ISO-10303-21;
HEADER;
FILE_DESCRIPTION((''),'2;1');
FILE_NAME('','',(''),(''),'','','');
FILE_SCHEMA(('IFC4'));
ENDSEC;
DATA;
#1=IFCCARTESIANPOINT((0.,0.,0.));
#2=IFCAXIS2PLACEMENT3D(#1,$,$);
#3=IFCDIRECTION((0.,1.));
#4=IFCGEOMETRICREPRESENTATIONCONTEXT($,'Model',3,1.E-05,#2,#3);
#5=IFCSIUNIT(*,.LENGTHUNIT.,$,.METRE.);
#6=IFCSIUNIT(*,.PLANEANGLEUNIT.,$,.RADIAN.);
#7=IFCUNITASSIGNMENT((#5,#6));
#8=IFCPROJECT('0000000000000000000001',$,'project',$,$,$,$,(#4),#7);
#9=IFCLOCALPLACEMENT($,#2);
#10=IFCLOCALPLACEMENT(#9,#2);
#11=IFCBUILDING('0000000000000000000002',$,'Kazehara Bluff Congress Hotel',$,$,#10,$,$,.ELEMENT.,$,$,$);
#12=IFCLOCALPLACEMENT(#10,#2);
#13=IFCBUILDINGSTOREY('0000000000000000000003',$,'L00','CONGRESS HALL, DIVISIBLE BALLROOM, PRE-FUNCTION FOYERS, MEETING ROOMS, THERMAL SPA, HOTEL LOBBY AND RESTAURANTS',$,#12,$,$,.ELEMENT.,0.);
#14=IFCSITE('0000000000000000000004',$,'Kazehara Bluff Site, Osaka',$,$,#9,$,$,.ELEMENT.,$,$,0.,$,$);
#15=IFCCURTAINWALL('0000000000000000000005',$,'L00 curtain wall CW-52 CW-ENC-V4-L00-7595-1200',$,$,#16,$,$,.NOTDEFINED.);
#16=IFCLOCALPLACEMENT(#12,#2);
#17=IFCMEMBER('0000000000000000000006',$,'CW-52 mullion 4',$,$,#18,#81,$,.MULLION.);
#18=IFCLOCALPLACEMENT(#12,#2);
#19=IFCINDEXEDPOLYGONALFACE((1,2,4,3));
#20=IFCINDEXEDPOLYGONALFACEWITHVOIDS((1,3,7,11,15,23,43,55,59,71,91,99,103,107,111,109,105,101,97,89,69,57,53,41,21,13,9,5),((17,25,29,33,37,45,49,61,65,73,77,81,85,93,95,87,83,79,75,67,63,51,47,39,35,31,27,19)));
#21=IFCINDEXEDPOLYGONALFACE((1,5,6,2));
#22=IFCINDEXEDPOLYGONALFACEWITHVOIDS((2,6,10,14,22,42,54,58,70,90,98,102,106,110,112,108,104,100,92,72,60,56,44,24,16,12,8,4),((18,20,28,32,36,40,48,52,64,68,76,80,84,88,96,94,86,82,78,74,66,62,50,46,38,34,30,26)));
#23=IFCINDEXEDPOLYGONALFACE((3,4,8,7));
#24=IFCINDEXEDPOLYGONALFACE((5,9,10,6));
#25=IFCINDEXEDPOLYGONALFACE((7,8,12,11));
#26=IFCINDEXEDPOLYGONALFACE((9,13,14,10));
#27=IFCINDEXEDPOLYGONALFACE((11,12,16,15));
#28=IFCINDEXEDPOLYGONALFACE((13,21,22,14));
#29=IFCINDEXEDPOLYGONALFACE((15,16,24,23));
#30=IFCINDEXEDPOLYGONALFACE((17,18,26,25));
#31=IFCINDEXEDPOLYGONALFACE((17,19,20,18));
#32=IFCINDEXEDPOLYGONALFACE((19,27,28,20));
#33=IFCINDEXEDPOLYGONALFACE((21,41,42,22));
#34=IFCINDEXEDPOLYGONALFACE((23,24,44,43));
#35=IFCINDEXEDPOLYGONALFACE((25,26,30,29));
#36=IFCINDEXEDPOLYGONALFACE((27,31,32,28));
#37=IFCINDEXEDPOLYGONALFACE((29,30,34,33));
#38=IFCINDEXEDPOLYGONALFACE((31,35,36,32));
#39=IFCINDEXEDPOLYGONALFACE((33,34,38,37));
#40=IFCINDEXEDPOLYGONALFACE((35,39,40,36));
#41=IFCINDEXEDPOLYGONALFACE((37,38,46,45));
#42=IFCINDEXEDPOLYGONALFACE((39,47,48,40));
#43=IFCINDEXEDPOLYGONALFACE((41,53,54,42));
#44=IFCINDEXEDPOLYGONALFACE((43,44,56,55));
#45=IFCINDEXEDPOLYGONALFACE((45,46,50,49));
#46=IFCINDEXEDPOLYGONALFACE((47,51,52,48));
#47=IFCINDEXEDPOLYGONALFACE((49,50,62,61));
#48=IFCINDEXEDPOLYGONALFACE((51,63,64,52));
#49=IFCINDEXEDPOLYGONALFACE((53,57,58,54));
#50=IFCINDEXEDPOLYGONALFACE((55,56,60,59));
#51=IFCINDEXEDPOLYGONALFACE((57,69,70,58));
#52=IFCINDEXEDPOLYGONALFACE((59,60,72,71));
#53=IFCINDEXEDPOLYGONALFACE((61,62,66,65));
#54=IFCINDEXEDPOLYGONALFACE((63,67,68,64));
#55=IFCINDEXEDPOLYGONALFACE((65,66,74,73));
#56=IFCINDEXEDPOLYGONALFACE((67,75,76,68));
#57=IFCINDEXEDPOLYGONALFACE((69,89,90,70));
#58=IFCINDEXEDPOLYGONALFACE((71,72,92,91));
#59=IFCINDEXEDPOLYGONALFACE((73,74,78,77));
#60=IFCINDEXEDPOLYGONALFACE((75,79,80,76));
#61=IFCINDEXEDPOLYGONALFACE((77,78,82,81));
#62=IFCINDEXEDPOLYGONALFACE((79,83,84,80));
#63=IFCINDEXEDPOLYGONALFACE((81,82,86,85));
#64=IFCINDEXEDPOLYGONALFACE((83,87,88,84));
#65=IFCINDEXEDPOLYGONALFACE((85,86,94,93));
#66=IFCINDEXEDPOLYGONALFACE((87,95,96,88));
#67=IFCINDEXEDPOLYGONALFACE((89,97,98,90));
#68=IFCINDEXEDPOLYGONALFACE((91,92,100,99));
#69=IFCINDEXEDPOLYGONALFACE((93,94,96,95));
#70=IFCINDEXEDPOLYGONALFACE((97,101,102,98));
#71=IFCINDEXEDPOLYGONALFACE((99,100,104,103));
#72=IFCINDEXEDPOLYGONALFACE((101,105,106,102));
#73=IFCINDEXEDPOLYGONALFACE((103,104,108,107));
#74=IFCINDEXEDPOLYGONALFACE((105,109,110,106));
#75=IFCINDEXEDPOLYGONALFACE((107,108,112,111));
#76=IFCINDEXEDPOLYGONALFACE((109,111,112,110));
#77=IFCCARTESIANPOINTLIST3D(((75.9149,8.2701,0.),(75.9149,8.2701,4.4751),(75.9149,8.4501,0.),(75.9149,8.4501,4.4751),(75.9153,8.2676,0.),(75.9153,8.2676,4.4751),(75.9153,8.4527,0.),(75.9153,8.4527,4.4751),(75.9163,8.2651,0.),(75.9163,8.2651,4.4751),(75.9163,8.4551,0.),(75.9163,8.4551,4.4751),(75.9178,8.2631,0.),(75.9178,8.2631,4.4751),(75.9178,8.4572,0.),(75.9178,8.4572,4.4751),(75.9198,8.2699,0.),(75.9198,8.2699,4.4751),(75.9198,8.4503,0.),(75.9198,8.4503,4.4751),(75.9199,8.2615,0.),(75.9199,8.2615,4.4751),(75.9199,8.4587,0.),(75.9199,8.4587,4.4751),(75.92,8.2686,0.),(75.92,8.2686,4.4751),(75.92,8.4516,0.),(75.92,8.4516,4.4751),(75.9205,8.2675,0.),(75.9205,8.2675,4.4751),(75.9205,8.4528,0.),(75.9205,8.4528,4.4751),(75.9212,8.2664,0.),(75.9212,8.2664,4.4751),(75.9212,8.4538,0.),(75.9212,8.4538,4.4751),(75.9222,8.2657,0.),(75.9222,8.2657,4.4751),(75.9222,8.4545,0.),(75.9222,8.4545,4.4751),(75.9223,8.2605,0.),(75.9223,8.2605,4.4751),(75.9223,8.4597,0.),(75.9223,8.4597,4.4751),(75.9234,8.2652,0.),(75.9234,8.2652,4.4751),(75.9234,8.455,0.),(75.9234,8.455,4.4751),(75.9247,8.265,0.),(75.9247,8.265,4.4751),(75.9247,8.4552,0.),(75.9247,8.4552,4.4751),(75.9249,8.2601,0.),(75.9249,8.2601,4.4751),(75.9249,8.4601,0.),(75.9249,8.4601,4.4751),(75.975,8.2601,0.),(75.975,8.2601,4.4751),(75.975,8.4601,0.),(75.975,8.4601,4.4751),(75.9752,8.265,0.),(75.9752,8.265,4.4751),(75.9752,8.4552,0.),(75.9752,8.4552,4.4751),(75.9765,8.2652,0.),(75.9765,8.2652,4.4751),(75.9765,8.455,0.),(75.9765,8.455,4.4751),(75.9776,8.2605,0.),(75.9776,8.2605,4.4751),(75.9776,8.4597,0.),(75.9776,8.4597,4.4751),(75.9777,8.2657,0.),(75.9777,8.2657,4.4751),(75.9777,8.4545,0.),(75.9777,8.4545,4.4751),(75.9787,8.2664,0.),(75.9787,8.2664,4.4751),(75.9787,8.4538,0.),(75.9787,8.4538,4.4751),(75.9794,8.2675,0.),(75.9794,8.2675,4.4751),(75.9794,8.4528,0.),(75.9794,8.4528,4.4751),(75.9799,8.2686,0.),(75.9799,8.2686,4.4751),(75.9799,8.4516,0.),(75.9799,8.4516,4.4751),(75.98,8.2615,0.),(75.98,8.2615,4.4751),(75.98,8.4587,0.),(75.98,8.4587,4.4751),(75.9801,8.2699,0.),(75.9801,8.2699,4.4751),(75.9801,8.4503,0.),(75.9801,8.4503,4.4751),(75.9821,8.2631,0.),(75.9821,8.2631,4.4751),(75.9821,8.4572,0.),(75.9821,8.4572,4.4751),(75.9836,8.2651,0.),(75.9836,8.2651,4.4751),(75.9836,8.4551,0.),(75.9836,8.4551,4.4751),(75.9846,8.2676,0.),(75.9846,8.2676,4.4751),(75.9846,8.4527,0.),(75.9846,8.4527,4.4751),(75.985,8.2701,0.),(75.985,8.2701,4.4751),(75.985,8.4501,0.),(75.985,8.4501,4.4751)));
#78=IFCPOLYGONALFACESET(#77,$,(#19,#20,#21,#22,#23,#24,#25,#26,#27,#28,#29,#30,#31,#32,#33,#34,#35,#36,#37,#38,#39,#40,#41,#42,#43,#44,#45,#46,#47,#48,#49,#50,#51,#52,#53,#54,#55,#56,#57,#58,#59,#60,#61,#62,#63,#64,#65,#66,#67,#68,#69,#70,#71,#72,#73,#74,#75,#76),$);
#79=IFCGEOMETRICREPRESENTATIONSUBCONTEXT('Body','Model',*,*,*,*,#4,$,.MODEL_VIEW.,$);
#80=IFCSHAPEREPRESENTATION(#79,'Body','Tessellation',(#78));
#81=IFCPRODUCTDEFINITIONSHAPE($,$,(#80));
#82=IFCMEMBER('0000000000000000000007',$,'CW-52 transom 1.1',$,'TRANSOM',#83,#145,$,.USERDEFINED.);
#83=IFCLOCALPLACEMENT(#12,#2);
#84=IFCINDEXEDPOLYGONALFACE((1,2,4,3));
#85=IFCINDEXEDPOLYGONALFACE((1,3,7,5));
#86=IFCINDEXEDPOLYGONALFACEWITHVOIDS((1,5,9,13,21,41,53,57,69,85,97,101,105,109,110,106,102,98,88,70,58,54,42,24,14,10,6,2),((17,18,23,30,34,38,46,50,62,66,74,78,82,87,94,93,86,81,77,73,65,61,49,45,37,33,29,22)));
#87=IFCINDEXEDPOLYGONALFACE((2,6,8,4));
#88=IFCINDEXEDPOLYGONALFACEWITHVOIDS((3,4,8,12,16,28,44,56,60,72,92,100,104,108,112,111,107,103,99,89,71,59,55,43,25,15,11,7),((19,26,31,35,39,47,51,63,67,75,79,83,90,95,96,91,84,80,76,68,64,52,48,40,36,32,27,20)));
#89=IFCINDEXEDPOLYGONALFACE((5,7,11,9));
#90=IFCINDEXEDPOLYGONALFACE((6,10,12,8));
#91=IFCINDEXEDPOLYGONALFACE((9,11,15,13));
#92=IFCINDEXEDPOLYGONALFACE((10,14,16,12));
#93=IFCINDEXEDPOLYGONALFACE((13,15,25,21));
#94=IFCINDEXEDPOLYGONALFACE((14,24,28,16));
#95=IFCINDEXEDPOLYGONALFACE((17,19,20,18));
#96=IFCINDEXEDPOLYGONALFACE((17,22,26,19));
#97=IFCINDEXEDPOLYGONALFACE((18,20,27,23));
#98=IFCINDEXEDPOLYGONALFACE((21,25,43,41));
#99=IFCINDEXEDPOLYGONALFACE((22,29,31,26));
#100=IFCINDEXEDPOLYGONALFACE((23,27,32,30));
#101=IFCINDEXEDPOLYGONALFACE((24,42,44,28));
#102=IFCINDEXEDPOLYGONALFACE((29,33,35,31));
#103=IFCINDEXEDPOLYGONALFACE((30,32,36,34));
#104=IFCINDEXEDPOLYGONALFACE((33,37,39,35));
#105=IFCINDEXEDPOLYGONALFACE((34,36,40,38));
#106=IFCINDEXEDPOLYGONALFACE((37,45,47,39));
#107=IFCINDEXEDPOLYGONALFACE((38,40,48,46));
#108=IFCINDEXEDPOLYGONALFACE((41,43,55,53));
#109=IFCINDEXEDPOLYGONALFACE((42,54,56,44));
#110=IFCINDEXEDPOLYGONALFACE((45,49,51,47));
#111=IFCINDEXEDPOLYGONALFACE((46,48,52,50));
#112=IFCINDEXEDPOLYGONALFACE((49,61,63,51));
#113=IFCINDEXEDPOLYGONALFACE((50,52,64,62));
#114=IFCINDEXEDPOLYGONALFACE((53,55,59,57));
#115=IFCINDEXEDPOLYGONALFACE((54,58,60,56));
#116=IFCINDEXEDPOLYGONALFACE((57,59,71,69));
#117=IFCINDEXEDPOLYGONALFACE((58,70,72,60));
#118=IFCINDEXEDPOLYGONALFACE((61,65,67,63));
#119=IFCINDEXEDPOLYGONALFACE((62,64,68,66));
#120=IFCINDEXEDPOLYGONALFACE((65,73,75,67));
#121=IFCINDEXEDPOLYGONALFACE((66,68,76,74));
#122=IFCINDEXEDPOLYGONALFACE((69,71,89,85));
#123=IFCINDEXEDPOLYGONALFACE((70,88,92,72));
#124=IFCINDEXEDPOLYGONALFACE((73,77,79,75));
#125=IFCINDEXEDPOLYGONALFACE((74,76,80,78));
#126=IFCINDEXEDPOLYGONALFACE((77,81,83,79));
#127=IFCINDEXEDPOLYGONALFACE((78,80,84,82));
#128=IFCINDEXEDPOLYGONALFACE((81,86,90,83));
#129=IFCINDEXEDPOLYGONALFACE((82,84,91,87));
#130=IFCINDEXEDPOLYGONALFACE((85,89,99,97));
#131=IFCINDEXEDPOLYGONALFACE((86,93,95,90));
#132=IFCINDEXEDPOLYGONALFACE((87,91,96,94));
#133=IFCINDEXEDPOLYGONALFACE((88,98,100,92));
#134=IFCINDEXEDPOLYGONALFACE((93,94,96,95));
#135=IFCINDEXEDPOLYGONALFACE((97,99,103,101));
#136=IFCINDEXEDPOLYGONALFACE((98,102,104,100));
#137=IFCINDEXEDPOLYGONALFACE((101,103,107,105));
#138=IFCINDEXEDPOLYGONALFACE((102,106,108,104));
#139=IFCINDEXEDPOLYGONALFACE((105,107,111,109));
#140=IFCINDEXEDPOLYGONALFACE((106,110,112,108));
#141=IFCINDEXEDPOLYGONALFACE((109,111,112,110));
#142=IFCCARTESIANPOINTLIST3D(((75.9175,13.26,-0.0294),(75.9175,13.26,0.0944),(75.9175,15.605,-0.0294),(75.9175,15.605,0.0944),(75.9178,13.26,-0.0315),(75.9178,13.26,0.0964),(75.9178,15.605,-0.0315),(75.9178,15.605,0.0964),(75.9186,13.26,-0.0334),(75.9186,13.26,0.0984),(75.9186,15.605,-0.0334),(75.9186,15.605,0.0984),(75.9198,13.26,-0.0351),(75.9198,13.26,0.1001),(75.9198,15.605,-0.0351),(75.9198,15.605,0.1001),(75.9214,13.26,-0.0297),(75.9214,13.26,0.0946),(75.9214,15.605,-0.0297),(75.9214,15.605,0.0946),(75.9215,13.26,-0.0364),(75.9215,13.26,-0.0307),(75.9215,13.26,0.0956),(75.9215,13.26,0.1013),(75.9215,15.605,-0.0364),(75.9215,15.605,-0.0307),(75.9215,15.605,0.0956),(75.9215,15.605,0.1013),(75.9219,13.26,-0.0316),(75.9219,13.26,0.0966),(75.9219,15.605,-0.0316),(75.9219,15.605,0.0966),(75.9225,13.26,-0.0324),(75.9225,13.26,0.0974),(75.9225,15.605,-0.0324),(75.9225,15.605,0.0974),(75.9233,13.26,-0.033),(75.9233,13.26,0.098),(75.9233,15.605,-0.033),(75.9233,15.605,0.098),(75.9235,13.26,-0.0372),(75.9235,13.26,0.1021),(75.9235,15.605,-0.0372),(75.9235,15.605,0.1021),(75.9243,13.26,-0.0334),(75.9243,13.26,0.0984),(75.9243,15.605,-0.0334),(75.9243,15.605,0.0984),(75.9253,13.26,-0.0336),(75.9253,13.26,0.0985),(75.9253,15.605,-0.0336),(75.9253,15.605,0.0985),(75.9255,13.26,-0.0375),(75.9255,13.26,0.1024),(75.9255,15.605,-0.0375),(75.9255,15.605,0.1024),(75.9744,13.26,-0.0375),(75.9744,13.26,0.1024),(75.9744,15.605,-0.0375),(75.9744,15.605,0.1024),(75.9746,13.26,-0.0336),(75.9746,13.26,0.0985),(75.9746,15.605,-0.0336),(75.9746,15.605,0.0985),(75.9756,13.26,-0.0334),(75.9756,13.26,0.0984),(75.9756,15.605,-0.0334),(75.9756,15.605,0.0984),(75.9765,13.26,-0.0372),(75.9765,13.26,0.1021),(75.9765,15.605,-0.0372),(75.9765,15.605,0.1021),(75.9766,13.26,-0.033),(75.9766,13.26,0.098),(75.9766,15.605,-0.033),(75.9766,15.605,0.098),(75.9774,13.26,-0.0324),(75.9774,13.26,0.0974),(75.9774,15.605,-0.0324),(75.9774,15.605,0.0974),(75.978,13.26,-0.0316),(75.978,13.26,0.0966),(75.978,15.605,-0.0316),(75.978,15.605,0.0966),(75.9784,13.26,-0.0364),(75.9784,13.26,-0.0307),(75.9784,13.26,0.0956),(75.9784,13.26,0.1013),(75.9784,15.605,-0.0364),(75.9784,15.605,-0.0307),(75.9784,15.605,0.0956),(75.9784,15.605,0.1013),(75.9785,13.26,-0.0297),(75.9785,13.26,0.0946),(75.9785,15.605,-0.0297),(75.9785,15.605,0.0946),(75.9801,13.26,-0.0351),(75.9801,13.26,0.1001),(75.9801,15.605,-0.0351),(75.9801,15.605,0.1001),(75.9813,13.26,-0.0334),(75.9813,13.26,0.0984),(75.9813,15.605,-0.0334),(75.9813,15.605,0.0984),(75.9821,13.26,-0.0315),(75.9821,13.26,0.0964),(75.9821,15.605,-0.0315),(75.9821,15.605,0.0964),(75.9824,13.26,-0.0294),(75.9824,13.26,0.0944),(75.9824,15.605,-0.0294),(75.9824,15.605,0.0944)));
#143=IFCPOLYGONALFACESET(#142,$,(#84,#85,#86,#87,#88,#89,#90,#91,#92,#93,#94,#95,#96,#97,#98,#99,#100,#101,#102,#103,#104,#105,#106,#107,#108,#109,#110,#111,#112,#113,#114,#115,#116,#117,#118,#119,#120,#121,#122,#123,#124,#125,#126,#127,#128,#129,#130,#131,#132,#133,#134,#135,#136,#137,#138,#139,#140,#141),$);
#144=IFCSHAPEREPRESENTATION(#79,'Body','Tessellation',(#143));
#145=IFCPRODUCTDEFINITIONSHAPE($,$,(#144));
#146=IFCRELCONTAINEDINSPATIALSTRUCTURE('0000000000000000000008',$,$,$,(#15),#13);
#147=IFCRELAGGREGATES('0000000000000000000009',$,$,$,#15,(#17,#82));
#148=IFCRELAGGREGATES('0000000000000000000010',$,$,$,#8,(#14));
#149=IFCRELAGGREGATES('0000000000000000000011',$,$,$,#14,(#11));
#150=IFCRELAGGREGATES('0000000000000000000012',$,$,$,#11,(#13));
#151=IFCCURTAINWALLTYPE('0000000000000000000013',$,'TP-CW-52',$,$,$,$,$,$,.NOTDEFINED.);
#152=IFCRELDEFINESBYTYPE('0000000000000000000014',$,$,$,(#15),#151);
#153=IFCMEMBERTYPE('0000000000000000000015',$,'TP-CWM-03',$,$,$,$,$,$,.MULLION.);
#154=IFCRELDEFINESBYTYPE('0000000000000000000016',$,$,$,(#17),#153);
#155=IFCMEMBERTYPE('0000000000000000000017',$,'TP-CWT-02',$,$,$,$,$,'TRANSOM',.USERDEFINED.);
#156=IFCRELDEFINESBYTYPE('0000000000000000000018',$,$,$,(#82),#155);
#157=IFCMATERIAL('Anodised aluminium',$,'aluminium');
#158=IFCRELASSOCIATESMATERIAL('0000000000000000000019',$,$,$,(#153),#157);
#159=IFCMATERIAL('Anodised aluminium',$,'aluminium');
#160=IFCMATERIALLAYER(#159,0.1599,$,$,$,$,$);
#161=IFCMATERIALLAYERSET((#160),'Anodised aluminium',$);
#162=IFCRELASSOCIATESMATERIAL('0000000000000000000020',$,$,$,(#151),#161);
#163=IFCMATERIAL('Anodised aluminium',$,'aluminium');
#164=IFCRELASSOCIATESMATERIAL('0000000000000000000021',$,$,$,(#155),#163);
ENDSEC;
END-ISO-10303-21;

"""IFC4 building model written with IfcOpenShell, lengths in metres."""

from ifc_helpers import new_model, si_unit, direction, frame, origin, origin_2d, place, context, subcontext, project, spatial, hollow_rectangle, extrude, material, layer, layer_set, material_profile, profile_set, type_object, element, aggregate, save


model = new_model("IFC4")

# Units and contexts
model_context = context("Model", 3, precision=1e-05, world=origin(), true_north=direction((0.0, 1.0)))
body_context = subcontext(model_context, "Body", "Model", "MODEL_VIEW")
ifc_project = project(units=[si_unit("LENGTHUNIT", "METRE"), si_unit("PLANEANGLEUNIT", "RADIAN")], contexts=[model_context])

# Site, building, storey
site_placement = place(None, origin())
site = spatial("IfcSite", under=ifc_project, at=site_placement, Name="Kazehara Bluff Site, Osaka", CompositionType="ELEMENT", RefElevation=0.0)
building_placement = place(site_placement, origin())
building = spatial("IfcBuilding", under=site, at=building_placement, Name="Kazehara Bluff Congress Hotel", CompositionType="ELEMENT")
storey_placement = place(building_placement, origin())
storey = spatial("IfcBuildingStorey", under=building, at=storey_placement, Name="L00", Description="CONGRESS HALL, DIVISIBLE BALLROOM, PRE-FUNCTION FOYERS, MEETING ROOMS, THERMAL SPA, HOTEL LOBBY AND RESTAURANTS", CompositionType="ELEMENT", Elevation=0.0)

# Shared definitions
ifc_material_1 = material(Name="Anodised aluminium", Category="aluminium")
ifc_material_profile_1 = material_profile(ifc_material_1, hollow_rectangle(XDim=0.0701, YDim=0.2, WallThickness=0.0049, InnerFilletRadius=0.0049, OuterFilletRadius=0.01, at=origin_2d()))
ifc_profile_set_1 = profile_set([ifc_material_profile_1], Name="Anodised aluminium")
member_type_1 = type_object("IfcMemberType", Name="TP-CWM-03", PredefinedType="MULLION", material=ifc_profile_set_1)

# Curtain wall, members
ifc_material_2 = material(Name="Anodised aluminium", Category="aluminium")
ifc_layer_1 = layer(ifc_material_2, 0.1599)
ifc_layer_set_1 = layer_set([ifc_layer_1], Name="Anodised aluminium")
curtain_wall_type_1 = type_object("IfcCurtainWallType", Name="TP-CW-52", PredefinedType="NOTDEFINED", material=ifc_layer_set_1)
curtain_wall_1_placement = place(storey_placement, origin())
curtain_wall_1 = element("IfcCurtainWall", 1, at=curtain_wall_1_placement, inside=storey, type_object=curtain_wall_type_1, Name="L00 curtain wall CW-52 CW-ENC-V4-L00-7595-1200", PredefinedType="NOTDEFINED")
member_1_placement = place(storey_placement, frame((75.95, 8.3601, 0.0), z_axis=(0.0, 0.0, 1.0), x_axis=(1.0, 0.0, 0.0)))
member_1 = element("IfcMember", 2, at=member_1_placement, type_object=member_type_1, Name="CW-52 mullion 4", PredefinedType="MULLION", context=body_context, shape_type="SweptSolid", body=[
    extrude(hollow_rectangle(XDim=0.0701, YDim=0.2, WallThickness=0.0049, InnerFilletRadius=0.0049, OuterFilletRadius=0.01, at=origin_2d()), origin(), (0.0, 0.0, 1.0), 4.4751),
])
ifc_material_3 = material(Name="Anodised aluminium", Category="aluminium")
ifc_material_profile_2 = material_profile(ifc_material_3, hollow_rectangle(XDim=0.0649, YDim=0.1399, WallThickness=0.0039, InnerFilletRadius=0.0039, OuterFilletRadius=0.0081, at=origin_2d()))
ifc_profile_set_2 = profile_set([ifc_material_profile_2], Name="Anodised aluminium")
member_type_2 = type_object("IfcMemberType", Name="TP-CWT-02", ElementType="TRANSOM", PredefinedType="USERDEFINED", material=ifc_profile_set_2)
member_2_placement = place(storey_placement, frame((75.95, 15.605, 0.0325), z_axis=(0.0, -1.0, 0.0), x_axis=(1.0, 0.0, 0.0)))
member_2 = element("IfcMember", 3, at=member_2_placement, type_object=member_type_2, Name="CW-52 transom 1.1", ObjectType="TRANSOM", PredefinedType="USERDEFINED", context=body_context, shape_type="SweptSolid", body=[
    extrude(hollow_rectangle(XDim=0.0649, YDim=0.1399, WallThickness=0.0039, InnerFilletRadius=0.0039, OuterFilletRadius=0.0081, at=origin_2d()), origin(), (0.0, 0.0, 1.0), 2.345),
])

aggregate(curtain_wall_1, [member_1, member_2])

save(model, "model.ifc")
